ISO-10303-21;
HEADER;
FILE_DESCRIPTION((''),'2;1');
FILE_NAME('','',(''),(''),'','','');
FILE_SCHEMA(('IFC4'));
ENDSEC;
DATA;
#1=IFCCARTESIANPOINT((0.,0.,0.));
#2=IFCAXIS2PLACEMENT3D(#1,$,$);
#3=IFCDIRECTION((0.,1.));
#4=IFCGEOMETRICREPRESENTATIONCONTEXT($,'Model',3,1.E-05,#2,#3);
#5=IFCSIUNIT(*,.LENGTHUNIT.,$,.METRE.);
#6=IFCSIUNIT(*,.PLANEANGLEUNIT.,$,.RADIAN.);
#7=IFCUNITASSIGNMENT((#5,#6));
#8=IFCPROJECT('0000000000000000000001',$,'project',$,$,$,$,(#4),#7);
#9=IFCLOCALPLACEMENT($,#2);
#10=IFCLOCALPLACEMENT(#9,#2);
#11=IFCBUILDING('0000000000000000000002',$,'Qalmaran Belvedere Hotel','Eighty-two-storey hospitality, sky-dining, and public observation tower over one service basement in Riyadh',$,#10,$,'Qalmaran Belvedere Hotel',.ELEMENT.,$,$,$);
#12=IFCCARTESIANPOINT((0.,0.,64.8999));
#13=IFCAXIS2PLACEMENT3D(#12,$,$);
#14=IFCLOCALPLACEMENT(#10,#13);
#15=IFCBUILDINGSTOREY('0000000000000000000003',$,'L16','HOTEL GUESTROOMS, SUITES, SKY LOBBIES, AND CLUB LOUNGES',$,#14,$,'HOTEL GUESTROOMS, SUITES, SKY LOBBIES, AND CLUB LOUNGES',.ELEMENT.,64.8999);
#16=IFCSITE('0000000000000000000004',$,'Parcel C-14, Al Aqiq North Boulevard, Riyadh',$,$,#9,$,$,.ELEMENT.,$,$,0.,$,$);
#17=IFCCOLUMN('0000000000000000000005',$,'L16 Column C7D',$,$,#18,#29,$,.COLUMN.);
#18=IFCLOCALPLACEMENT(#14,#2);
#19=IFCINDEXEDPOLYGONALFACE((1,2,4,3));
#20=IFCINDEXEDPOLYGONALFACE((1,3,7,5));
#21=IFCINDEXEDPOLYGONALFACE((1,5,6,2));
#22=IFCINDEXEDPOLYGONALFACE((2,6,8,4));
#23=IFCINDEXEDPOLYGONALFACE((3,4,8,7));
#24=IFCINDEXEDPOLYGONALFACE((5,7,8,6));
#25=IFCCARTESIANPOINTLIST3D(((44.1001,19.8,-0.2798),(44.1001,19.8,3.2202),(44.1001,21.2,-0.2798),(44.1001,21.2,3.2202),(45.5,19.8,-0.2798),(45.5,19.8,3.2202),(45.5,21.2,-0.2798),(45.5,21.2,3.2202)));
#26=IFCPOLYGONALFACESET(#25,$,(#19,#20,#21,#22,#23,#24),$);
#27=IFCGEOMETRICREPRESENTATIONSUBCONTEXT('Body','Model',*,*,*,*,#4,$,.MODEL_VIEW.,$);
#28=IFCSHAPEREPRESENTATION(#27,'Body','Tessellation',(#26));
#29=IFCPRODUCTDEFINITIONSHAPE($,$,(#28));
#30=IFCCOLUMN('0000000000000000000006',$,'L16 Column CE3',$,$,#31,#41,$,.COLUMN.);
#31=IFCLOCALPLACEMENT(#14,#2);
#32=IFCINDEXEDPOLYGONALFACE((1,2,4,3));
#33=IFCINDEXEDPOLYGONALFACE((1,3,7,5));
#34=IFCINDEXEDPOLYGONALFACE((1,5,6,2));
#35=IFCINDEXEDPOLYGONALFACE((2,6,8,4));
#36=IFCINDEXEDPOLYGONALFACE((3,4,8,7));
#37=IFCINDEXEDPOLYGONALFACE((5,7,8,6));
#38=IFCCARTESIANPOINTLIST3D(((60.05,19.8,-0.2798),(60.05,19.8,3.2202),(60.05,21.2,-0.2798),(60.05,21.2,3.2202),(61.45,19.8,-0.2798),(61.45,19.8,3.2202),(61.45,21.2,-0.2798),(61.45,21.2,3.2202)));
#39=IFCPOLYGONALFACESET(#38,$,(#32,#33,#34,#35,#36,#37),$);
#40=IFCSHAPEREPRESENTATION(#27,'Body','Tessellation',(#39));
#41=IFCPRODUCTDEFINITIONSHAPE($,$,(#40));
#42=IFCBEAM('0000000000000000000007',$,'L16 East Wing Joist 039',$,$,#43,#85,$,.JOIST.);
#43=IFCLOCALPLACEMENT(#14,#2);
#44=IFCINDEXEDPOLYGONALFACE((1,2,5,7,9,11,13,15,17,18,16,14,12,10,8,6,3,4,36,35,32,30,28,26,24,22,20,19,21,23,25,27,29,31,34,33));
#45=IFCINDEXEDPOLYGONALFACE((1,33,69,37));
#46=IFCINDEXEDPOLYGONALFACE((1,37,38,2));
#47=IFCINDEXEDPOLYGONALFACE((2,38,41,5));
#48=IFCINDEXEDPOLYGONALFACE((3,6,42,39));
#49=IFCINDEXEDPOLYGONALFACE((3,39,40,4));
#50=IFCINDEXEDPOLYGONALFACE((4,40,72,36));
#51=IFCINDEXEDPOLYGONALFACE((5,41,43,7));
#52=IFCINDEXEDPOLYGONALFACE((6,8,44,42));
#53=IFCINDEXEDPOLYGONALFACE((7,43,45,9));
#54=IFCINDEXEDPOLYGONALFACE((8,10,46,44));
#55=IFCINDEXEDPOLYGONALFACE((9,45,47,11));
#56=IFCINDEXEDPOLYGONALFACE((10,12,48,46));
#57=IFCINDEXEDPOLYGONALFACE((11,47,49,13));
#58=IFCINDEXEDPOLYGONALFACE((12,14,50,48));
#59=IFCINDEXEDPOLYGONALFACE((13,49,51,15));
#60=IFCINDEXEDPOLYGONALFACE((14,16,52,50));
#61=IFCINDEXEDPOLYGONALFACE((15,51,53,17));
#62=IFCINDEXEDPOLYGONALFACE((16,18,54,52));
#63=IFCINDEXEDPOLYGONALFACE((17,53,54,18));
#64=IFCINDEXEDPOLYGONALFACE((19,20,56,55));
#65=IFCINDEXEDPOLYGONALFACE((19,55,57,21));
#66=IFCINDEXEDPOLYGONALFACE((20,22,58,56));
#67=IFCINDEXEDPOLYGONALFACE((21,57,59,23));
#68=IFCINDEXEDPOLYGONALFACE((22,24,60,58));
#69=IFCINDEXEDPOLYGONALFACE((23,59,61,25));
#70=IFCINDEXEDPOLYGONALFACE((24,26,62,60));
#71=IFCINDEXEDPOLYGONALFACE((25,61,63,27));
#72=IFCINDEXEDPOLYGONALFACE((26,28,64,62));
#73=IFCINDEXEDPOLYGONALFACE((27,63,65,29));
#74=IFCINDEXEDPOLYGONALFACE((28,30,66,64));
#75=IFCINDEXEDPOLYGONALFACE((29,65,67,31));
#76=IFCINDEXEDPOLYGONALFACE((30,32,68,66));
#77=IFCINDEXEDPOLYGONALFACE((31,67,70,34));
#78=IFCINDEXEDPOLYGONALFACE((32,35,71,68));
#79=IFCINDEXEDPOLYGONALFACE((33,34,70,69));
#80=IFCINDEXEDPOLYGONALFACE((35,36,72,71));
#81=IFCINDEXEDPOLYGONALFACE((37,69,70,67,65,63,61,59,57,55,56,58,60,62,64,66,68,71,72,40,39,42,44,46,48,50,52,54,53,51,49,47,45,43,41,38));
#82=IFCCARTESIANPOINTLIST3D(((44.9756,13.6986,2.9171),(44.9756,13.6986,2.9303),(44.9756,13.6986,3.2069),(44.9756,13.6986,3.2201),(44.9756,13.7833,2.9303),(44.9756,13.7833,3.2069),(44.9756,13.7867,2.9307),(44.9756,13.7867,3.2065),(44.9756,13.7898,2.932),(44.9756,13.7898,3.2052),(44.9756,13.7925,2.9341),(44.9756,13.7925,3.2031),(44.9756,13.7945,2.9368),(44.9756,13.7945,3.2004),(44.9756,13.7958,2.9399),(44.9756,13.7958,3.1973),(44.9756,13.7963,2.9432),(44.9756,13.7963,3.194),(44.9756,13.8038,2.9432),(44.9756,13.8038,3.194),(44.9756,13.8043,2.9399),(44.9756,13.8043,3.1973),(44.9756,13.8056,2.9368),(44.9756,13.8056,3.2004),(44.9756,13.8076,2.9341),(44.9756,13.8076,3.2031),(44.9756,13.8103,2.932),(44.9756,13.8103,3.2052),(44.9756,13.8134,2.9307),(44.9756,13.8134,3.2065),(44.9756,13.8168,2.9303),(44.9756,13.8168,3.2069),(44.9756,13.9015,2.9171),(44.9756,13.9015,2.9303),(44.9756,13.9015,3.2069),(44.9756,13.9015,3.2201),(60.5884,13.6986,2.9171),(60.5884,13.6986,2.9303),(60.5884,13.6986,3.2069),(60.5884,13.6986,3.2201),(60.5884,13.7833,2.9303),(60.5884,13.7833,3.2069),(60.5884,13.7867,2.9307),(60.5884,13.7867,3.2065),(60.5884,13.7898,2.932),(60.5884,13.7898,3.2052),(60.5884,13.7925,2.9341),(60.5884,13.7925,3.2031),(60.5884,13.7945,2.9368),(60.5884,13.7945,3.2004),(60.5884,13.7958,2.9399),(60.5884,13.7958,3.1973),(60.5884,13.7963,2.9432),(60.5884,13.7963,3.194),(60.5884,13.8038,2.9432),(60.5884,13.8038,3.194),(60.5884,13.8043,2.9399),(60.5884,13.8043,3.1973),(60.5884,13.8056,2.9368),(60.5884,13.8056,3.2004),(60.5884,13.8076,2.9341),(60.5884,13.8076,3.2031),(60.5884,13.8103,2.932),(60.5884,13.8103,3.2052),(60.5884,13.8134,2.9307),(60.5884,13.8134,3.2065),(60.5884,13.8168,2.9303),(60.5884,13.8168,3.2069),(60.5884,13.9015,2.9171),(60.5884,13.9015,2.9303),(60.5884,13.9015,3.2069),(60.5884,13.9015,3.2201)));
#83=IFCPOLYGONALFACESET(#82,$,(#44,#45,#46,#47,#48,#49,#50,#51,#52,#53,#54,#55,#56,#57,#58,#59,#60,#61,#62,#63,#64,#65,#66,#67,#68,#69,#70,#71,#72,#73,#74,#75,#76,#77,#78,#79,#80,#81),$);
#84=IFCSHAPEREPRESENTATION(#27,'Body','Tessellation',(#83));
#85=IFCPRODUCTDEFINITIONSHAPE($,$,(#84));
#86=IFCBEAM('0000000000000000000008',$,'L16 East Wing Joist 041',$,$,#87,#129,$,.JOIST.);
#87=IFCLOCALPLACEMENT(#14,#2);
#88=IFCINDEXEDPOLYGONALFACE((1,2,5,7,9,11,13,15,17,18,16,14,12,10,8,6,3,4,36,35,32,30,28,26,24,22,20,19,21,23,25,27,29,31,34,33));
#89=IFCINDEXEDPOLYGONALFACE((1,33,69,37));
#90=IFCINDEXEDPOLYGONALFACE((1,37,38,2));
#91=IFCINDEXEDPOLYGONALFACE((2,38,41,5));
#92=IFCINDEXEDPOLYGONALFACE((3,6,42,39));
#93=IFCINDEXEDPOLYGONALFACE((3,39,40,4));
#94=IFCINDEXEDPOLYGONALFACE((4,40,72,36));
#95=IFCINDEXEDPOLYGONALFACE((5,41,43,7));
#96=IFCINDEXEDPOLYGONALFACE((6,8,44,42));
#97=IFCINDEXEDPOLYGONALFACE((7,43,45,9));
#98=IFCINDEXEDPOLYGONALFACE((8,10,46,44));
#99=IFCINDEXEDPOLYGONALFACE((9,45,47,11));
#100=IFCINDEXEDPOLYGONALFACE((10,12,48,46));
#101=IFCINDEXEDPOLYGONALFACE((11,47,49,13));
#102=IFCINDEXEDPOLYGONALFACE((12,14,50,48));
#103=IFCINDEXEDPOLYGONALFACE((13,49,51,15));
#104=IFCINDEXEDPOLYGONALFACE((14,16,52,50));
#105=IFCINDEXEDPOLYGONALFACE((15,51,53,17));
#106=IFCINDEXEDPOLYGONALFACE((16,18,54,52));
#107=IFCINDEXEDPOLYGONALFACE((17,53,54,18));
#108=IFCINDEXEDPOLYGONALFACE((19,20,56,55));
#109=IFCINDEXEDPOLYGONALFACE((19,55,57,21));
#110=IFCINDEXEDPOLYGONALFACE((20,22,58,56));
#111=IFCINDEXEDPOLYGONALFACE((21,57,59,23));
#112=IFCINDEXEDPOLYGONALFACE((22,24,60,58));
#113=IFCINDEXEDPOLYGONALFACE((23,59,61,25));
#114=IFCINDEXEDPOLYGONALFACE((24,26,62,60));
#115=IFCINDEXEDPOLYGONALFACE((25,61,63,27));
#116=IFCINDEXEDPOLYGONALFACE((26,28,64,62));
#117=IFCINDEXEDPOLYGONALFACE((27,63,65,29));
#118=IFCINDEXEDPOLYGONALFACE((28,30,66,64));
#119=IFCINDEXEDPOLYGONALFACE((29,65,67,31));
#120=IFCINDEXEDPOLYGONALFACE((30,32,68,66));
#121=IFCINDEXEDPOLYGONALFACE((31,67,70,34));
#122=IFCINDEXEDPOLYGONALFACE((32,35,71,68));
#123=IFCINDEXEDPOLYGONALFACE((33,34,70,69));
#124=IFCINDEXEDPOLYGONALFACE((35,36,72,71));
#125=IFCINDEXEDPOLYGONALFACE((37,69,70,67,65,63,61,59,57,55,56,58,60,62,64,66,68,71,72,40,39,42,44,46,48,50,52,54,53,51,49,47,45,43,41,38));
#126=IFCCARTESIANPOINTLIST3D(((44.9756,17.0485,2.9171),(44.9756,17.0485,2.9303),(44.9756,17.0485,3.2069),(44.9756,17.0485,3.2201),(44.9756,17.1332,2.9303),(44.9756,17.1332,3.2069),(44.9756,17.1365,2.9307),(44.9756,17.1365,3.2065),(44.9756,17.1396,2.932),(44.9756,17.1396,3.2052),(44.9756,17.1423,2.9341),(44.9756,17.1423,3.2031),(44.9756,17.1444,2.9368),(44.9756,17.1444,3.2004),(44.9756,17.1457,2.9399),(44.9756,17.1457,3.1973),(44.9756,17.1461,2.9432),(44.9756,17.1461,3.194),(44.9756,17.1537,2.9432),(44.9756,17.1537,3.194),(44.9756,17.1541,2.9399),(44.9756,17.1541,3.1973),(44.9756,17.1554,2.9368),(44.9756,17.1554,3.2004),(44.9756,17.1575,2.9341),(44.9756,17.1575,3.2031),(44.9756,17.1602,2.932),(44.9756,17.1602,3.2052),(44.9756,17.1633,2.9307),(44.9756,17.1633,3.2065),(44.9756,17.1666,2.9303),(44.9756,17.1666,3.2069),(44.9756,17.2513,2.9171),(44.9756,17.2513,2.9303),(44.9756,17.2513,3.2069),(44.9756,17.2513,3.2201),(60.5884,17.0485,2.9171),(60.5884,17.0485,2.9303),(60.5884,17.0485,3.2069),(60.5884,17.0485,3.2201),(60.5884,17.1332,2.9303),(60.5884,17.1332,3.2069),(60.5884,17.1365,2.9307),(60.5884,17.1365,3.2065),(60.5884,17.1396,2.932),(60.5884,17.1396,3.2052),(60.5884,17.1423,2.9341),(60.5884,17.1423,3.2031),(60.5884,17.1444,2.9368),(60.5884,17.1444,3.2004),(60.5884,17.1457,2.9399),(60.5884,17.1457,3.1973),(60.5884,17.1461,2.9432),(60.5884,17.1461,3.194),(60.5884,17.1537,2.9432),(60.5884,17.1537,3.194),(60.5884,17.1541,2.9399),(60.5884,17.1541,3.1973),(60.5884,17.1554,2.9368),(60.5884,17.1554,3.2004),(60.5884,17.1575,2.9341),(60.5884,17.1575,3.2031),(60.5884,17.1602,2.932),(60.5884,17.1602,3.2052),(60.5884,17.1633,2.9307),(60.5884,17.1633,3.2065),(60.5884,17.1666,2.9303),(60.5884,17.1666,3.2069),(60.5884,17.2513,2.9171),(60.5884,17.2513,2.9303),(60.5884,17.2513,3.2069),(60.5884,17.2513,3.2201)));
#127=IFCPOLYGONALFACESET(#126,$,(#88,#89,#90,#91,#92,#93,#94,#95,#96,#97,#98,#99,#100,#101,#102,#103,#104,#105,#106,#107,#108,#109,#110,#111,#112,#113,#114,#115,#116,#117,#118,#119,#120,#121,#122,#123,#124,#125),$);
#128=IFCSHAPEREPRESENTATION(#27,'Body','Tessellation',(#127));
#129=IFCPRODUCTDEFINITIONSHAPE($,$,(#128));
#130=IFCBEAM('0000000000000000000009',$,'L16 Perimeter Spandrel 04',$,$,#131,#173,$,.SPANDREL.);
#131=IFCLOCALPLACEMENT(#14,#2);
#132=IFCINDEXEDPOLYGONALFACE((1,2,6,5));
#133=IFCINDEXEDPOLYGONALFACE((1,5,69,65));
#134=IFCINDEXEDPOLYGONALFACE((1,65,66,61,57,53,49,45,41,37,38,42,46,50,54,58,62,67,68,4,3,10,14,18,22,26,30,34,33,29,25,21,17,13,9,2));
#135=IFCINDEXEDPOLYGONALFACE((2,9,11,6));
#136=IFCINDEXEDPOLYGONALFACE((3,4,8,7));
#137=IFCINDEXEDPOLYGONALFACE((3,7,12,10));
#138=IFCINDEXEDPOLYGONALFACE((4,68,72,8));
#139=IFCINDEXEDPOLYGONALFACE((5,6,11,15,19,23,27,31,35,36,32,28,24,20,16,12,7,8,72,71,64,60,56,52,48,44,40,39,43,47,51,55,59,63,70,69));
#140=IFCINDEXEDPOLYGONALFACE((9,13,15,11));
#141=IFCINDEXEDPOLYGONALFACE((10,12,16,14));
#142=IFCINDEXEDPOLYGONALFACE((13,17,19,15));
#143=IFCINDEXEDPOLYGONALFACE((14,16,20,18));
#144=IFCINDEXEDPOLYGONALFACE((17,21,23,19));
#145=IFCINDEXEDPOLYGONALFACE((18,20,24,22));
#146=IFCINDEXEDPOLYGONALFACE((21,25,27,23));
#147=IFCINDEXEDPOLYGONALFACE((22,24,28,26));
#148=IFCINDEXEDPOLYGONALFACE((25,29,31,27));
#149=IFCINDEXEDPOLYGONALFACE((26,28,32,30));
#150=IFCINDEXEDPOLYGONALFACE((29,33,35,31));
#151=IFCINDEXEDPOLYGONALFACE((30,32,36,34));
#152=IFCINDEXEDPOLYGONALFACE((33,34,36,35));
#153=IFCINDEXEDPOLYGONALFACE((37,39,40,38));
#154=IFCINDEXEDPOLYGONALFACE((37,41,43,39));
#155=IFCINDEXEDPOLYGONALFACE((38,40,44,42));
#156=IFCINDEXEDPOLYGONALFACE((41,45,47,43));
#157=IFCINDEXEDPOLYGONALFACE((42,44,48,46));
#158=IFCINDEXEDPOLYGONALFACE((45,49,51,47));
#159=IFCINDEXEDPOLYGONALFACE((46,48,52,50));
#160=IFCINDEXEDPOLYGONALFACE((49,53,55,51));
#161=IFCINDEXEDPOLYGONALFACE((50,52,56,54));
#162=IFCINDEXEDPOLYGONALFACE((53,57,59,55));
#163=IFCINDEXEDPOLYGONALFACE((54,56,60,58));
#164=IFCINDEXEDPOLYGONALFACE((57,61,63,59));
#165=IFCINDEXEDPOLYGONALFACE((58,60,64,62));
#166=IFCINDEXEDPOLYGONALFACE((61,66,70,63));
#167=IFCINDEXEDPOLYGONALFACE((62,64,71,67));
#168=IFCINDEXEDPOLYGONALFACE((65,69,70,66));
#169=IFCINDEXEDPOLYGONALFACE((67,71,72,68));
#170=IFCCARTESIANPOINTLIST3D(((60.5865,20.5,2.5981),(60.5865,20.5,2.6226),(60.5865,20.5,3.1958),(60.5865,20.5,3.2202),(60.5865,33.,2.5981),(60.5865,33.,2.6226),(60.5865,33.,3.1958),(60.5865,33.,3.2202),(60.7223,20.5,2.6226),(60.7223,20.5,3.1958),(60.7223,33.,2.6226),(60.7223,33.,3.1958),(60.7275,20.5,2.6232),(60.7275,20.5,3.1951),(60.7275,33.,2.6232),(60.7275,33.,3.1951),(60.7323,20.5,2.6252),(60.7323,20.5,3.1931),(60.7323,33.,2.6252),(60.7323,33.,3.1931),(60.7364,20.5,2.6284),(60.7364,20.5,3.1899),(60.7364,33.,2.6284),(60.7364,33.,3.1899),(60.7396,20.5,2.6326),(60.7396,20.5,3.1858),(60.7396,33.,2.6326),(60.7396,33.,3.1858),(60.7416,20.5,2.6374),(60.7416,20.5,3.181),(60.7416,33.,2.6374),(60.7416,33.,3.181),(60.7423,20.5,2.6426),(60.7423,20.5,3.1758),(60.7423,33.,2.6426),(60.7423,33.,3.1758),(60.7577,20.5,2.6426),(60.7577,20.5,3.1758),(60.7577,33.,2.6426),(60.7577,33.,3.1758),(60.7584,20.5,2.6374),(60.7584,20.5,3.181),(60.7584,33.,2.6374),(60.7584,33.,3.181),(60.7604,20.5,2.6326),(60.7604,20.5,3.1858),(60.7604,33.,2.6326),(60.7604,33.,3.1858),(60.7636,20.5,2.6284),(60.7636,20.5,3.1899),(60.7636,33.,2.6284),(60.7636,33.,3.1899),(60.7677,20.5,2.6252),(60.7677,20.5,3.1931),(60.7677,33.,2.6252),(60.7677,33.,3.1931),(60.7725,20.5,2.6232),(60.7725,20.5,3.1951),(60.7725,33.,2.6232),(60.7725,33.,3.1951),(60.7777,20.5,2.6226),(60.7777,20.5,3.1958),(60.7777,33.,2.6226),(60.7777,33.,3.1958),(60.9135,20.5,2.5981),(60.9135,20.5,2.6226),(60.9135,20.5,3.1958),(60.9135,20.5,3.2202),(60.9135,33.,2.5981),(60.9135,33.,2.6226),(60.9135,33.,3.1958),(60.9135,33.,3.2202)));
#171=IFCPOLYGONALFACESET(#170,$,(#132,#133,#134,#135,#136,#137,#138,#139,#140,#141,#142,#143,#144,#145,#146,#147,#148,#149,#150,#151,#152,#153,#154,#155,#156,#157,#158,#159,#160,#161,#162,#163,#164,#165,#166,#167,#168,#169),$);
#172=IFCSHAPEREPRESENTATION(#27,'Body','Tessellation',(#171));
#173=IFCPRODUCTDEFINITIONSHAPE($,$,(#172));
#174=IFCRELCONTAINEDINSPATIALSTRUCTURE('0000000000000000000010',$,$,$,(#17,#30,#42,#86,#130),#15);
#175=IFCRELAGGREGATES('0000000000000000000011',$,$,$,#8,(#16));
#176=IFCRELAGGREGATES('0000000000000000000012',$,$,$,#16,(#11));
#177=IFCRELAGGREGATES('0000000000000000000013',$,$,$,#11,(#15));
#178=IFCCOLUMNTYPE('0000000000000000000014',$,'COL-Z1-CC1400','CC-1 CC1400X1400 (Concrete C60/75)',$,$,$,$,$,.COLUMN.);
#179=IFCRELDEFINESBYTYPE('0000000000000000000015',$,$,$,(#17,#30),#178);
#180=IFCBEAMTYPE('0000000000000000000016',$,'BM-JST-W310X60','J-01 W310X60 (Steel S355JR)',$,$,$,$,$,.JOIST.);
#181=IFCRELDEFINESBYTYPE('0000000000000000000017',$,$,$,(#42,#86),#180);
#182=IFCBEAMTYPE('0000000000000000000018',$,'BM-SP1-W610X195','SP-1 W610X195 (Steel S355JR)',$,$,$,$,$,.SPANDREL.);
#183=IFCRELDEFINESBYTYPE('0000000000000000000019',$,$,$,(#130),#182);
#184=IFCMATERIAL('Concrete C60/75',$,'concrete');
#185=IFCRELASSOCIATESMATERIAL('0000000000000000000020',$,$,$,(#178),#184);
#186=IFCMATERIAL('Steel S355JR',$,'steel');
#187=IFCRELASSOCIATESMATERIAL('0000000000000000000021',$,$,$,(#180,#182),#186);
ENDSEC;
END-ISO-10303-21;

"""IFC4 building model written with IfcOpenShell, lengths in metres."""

from ifc_helpers import new_model, si_unit, direction, frame, origin, origin_2d, place, context, subcontext, project, spatial, rectangle, i_section, extrude, material, material_profile, profile_set, type_object, element, save


model = new_model("IFC4")

# Units and contexts
model_context = context("Model", 3, precision=1e-05, world=origin(), true_north=direction((0.0, 1.0)))
body_context = subcontext(model_context, "Body", "Model", "MODEL_VIEW")
ifc_project = project(units=[si_unit("LENGTHUNIT", "METRE"), si_unit("PLANEANGLEUNIT", "RADIAN")], contexts=[model_context])

# Site, building, storey
site_placement = place(None, origin())
site = spatial("IfcSite", under=ifc_project, at=site_placement, Name="Parcel C-14, Al Aqiq North Boulevard, Riyadh", CompositionType="ELEMENT", RefElevation=0.0)
building_placement = place(site_placement, origin())
building = spatial("IfcBuilding", under=site, at=building_placement, Name="Qalmaran Belvedere Hotel", Description="Eighty-two-storey hospitality, sky-dining, and public observation tower over one service basement in Riyadh", LongName="Qalmaran Belvedere Hotel", CompositionType="ELEMENT")
storey_placement = place(building_placement, frame((0.0, 0.0, 64.8999)))
storey = spatial("IfcBuildingStorey", under=building, at=storey_placement, Name="L16", Description="HOTEL GUESTROOMS, SUITES, SKY LOBBIES, AND CLUB LOUNGES", LongName="HOTEL GUESTROOMS, SUITES, SKY LOBBIES, AND CLUB LOUNGES", CompositionType="ELEMENT", Elevation=64.8999)

# Columns
ifc_material_1 = material(Name="Concrete C60/75", Category="concrete")
ifc_material_profile_1 = material_profile(ifc_material_1, rectangle(XDim=1.3999, YDim=1.3999, at=origin_2d()), Name="CC1400X1400")
ifc_profile_set_1 = profile_set([ifc_material_profile_1], Name="Concrete C60/75")
column_type = type_object("IfcColumnType", Name="COL-Z1-CC1400", Description="CC-1 CC1400X1400 (Concrete C60/75)", PredefinedType="COLUMN", material=ifc_profile_set_1)
for number, where, z_axis, x_axis, name in (
    (1, (44.8, 20.5, -0.2798), (0.0, 0.0, 1.0), (1.0, 0.0, 0.0), "L16 Column C7D"),
    (2, (60.75, 20.5, -0.2798), (0.0, 0.0, 1.0), (1.0, 0.0, 0.0), "L16 Column CE3"),
):
    element("IfcColumn", number, at=place(storey_placement, frame(where, z_axis=z_axis, x_axis=x_axis)), inside=storey, type_object=column_type, Name=name, PredefinedType="COLUMN", context=body_context, shape_type="SweptSolid", body=[
        extrude(rectangle(XDim=1.3999, YDim=1.3999, at=origin_2d()), origin(), (0.0, 0.0, 1.0), 3.5),
    ])

# Beams
ifc_material_2 = material(Name="Steel S355JR", Category="steel")
ifc_material_profile_2 = material_profile(ifc_material_2, i_section(OverallWidth=0.2029, OverallDepth=0.303, WebThickness=0.0076, FlangeThickness=0.0132, FilletRadius=0.0129, at=origin_2d()), Name="W310X60")
ifc_profile_set_2 = profile_set([ifc_material_profile_2], Name="Steel S355JR")
beam_type_1 = type_object("IfcBeamType", Name="BM-JST-W310X60", Description="J-01 W310X60 (Steel S355JR)", PredefinedType="JOIST", material=ifc_profile_set_2)
for number, where, z_axis, x_axis, name in (
    (3, (44.9756, 13.8, 3.0686), (1.0, 0.0, 0.0), (0.0, 1.0, 0.0), "L16 East Wing Joist 039"),
    (4, (44.9756, 17.1499, 3.0686), (1.0, 0.0, 0.0), (0.0, 1.0, 0.0), "L16 East Wing Joist 041"),
):
    element("IfcBeam", number, at=place(storey_placement, frame(where, z_axis=z_axis, x_axis=x_axis)), inside=storey, type_object=beam_type_1, Name=name, PredefinedType="JOIST", context=body_context, shape_type="SweptSolid", body=[
        extrude(i_section(OverallWidth=0.2029, OverallDepth=0.303, WebThickness=0.0076, FlangeThickness=0.0132, FilletRadius=0.0129, at=origin_2d()), origin(), (0.0, 0.0, 1.0), 15.6128),
    ])
ifc_material_profile_3 = material_profile(ifc_material_2, i_section(OverallWidth=0.3269, OverallDepth=0.6221, WebThickness=0.0154, FlangeThickness=0.0244, FilletRadius=0.02, at=origin_2d()), Name="W610X195")
ifc_profile_set_3 = profile_set([ifc_material_profile_3], Name="Steel S355JR")
beam_type_2 = type_object("IfcBeamType", Name="BM-SP1-W610X195", Description="SP-1 W610X195 (Steel S355JR)", PredefinedType="SPANDREL", material=ifc_profile_set_3)
beam_1_placement = place(storey_placement, frame((60.75, 20.5, 2.9092), z_axis=(0.0, 1.0, 0.0), x_axis=(-1.0, 0.0, 0.0)))
element("IfcBeam", 5, at=beam_1_placement, inside=storey, type_object=beam_type_2, Name="L16 Perimeter Spandrel 04", PredefinedType="SPANDREL", context=body_context, shape_type="SweptSolid", body=[
    extrude(i_section(OverallWidth=0.3269, OverallDepth=0.6221, WebThickness=0.0154, FlangeThickness=0.0244, FilletRadius=0.02, at=origin_2d()), origin(), (0.0, 0.0, 1.0), 12.5),
])

save(model, "model.ifc")
